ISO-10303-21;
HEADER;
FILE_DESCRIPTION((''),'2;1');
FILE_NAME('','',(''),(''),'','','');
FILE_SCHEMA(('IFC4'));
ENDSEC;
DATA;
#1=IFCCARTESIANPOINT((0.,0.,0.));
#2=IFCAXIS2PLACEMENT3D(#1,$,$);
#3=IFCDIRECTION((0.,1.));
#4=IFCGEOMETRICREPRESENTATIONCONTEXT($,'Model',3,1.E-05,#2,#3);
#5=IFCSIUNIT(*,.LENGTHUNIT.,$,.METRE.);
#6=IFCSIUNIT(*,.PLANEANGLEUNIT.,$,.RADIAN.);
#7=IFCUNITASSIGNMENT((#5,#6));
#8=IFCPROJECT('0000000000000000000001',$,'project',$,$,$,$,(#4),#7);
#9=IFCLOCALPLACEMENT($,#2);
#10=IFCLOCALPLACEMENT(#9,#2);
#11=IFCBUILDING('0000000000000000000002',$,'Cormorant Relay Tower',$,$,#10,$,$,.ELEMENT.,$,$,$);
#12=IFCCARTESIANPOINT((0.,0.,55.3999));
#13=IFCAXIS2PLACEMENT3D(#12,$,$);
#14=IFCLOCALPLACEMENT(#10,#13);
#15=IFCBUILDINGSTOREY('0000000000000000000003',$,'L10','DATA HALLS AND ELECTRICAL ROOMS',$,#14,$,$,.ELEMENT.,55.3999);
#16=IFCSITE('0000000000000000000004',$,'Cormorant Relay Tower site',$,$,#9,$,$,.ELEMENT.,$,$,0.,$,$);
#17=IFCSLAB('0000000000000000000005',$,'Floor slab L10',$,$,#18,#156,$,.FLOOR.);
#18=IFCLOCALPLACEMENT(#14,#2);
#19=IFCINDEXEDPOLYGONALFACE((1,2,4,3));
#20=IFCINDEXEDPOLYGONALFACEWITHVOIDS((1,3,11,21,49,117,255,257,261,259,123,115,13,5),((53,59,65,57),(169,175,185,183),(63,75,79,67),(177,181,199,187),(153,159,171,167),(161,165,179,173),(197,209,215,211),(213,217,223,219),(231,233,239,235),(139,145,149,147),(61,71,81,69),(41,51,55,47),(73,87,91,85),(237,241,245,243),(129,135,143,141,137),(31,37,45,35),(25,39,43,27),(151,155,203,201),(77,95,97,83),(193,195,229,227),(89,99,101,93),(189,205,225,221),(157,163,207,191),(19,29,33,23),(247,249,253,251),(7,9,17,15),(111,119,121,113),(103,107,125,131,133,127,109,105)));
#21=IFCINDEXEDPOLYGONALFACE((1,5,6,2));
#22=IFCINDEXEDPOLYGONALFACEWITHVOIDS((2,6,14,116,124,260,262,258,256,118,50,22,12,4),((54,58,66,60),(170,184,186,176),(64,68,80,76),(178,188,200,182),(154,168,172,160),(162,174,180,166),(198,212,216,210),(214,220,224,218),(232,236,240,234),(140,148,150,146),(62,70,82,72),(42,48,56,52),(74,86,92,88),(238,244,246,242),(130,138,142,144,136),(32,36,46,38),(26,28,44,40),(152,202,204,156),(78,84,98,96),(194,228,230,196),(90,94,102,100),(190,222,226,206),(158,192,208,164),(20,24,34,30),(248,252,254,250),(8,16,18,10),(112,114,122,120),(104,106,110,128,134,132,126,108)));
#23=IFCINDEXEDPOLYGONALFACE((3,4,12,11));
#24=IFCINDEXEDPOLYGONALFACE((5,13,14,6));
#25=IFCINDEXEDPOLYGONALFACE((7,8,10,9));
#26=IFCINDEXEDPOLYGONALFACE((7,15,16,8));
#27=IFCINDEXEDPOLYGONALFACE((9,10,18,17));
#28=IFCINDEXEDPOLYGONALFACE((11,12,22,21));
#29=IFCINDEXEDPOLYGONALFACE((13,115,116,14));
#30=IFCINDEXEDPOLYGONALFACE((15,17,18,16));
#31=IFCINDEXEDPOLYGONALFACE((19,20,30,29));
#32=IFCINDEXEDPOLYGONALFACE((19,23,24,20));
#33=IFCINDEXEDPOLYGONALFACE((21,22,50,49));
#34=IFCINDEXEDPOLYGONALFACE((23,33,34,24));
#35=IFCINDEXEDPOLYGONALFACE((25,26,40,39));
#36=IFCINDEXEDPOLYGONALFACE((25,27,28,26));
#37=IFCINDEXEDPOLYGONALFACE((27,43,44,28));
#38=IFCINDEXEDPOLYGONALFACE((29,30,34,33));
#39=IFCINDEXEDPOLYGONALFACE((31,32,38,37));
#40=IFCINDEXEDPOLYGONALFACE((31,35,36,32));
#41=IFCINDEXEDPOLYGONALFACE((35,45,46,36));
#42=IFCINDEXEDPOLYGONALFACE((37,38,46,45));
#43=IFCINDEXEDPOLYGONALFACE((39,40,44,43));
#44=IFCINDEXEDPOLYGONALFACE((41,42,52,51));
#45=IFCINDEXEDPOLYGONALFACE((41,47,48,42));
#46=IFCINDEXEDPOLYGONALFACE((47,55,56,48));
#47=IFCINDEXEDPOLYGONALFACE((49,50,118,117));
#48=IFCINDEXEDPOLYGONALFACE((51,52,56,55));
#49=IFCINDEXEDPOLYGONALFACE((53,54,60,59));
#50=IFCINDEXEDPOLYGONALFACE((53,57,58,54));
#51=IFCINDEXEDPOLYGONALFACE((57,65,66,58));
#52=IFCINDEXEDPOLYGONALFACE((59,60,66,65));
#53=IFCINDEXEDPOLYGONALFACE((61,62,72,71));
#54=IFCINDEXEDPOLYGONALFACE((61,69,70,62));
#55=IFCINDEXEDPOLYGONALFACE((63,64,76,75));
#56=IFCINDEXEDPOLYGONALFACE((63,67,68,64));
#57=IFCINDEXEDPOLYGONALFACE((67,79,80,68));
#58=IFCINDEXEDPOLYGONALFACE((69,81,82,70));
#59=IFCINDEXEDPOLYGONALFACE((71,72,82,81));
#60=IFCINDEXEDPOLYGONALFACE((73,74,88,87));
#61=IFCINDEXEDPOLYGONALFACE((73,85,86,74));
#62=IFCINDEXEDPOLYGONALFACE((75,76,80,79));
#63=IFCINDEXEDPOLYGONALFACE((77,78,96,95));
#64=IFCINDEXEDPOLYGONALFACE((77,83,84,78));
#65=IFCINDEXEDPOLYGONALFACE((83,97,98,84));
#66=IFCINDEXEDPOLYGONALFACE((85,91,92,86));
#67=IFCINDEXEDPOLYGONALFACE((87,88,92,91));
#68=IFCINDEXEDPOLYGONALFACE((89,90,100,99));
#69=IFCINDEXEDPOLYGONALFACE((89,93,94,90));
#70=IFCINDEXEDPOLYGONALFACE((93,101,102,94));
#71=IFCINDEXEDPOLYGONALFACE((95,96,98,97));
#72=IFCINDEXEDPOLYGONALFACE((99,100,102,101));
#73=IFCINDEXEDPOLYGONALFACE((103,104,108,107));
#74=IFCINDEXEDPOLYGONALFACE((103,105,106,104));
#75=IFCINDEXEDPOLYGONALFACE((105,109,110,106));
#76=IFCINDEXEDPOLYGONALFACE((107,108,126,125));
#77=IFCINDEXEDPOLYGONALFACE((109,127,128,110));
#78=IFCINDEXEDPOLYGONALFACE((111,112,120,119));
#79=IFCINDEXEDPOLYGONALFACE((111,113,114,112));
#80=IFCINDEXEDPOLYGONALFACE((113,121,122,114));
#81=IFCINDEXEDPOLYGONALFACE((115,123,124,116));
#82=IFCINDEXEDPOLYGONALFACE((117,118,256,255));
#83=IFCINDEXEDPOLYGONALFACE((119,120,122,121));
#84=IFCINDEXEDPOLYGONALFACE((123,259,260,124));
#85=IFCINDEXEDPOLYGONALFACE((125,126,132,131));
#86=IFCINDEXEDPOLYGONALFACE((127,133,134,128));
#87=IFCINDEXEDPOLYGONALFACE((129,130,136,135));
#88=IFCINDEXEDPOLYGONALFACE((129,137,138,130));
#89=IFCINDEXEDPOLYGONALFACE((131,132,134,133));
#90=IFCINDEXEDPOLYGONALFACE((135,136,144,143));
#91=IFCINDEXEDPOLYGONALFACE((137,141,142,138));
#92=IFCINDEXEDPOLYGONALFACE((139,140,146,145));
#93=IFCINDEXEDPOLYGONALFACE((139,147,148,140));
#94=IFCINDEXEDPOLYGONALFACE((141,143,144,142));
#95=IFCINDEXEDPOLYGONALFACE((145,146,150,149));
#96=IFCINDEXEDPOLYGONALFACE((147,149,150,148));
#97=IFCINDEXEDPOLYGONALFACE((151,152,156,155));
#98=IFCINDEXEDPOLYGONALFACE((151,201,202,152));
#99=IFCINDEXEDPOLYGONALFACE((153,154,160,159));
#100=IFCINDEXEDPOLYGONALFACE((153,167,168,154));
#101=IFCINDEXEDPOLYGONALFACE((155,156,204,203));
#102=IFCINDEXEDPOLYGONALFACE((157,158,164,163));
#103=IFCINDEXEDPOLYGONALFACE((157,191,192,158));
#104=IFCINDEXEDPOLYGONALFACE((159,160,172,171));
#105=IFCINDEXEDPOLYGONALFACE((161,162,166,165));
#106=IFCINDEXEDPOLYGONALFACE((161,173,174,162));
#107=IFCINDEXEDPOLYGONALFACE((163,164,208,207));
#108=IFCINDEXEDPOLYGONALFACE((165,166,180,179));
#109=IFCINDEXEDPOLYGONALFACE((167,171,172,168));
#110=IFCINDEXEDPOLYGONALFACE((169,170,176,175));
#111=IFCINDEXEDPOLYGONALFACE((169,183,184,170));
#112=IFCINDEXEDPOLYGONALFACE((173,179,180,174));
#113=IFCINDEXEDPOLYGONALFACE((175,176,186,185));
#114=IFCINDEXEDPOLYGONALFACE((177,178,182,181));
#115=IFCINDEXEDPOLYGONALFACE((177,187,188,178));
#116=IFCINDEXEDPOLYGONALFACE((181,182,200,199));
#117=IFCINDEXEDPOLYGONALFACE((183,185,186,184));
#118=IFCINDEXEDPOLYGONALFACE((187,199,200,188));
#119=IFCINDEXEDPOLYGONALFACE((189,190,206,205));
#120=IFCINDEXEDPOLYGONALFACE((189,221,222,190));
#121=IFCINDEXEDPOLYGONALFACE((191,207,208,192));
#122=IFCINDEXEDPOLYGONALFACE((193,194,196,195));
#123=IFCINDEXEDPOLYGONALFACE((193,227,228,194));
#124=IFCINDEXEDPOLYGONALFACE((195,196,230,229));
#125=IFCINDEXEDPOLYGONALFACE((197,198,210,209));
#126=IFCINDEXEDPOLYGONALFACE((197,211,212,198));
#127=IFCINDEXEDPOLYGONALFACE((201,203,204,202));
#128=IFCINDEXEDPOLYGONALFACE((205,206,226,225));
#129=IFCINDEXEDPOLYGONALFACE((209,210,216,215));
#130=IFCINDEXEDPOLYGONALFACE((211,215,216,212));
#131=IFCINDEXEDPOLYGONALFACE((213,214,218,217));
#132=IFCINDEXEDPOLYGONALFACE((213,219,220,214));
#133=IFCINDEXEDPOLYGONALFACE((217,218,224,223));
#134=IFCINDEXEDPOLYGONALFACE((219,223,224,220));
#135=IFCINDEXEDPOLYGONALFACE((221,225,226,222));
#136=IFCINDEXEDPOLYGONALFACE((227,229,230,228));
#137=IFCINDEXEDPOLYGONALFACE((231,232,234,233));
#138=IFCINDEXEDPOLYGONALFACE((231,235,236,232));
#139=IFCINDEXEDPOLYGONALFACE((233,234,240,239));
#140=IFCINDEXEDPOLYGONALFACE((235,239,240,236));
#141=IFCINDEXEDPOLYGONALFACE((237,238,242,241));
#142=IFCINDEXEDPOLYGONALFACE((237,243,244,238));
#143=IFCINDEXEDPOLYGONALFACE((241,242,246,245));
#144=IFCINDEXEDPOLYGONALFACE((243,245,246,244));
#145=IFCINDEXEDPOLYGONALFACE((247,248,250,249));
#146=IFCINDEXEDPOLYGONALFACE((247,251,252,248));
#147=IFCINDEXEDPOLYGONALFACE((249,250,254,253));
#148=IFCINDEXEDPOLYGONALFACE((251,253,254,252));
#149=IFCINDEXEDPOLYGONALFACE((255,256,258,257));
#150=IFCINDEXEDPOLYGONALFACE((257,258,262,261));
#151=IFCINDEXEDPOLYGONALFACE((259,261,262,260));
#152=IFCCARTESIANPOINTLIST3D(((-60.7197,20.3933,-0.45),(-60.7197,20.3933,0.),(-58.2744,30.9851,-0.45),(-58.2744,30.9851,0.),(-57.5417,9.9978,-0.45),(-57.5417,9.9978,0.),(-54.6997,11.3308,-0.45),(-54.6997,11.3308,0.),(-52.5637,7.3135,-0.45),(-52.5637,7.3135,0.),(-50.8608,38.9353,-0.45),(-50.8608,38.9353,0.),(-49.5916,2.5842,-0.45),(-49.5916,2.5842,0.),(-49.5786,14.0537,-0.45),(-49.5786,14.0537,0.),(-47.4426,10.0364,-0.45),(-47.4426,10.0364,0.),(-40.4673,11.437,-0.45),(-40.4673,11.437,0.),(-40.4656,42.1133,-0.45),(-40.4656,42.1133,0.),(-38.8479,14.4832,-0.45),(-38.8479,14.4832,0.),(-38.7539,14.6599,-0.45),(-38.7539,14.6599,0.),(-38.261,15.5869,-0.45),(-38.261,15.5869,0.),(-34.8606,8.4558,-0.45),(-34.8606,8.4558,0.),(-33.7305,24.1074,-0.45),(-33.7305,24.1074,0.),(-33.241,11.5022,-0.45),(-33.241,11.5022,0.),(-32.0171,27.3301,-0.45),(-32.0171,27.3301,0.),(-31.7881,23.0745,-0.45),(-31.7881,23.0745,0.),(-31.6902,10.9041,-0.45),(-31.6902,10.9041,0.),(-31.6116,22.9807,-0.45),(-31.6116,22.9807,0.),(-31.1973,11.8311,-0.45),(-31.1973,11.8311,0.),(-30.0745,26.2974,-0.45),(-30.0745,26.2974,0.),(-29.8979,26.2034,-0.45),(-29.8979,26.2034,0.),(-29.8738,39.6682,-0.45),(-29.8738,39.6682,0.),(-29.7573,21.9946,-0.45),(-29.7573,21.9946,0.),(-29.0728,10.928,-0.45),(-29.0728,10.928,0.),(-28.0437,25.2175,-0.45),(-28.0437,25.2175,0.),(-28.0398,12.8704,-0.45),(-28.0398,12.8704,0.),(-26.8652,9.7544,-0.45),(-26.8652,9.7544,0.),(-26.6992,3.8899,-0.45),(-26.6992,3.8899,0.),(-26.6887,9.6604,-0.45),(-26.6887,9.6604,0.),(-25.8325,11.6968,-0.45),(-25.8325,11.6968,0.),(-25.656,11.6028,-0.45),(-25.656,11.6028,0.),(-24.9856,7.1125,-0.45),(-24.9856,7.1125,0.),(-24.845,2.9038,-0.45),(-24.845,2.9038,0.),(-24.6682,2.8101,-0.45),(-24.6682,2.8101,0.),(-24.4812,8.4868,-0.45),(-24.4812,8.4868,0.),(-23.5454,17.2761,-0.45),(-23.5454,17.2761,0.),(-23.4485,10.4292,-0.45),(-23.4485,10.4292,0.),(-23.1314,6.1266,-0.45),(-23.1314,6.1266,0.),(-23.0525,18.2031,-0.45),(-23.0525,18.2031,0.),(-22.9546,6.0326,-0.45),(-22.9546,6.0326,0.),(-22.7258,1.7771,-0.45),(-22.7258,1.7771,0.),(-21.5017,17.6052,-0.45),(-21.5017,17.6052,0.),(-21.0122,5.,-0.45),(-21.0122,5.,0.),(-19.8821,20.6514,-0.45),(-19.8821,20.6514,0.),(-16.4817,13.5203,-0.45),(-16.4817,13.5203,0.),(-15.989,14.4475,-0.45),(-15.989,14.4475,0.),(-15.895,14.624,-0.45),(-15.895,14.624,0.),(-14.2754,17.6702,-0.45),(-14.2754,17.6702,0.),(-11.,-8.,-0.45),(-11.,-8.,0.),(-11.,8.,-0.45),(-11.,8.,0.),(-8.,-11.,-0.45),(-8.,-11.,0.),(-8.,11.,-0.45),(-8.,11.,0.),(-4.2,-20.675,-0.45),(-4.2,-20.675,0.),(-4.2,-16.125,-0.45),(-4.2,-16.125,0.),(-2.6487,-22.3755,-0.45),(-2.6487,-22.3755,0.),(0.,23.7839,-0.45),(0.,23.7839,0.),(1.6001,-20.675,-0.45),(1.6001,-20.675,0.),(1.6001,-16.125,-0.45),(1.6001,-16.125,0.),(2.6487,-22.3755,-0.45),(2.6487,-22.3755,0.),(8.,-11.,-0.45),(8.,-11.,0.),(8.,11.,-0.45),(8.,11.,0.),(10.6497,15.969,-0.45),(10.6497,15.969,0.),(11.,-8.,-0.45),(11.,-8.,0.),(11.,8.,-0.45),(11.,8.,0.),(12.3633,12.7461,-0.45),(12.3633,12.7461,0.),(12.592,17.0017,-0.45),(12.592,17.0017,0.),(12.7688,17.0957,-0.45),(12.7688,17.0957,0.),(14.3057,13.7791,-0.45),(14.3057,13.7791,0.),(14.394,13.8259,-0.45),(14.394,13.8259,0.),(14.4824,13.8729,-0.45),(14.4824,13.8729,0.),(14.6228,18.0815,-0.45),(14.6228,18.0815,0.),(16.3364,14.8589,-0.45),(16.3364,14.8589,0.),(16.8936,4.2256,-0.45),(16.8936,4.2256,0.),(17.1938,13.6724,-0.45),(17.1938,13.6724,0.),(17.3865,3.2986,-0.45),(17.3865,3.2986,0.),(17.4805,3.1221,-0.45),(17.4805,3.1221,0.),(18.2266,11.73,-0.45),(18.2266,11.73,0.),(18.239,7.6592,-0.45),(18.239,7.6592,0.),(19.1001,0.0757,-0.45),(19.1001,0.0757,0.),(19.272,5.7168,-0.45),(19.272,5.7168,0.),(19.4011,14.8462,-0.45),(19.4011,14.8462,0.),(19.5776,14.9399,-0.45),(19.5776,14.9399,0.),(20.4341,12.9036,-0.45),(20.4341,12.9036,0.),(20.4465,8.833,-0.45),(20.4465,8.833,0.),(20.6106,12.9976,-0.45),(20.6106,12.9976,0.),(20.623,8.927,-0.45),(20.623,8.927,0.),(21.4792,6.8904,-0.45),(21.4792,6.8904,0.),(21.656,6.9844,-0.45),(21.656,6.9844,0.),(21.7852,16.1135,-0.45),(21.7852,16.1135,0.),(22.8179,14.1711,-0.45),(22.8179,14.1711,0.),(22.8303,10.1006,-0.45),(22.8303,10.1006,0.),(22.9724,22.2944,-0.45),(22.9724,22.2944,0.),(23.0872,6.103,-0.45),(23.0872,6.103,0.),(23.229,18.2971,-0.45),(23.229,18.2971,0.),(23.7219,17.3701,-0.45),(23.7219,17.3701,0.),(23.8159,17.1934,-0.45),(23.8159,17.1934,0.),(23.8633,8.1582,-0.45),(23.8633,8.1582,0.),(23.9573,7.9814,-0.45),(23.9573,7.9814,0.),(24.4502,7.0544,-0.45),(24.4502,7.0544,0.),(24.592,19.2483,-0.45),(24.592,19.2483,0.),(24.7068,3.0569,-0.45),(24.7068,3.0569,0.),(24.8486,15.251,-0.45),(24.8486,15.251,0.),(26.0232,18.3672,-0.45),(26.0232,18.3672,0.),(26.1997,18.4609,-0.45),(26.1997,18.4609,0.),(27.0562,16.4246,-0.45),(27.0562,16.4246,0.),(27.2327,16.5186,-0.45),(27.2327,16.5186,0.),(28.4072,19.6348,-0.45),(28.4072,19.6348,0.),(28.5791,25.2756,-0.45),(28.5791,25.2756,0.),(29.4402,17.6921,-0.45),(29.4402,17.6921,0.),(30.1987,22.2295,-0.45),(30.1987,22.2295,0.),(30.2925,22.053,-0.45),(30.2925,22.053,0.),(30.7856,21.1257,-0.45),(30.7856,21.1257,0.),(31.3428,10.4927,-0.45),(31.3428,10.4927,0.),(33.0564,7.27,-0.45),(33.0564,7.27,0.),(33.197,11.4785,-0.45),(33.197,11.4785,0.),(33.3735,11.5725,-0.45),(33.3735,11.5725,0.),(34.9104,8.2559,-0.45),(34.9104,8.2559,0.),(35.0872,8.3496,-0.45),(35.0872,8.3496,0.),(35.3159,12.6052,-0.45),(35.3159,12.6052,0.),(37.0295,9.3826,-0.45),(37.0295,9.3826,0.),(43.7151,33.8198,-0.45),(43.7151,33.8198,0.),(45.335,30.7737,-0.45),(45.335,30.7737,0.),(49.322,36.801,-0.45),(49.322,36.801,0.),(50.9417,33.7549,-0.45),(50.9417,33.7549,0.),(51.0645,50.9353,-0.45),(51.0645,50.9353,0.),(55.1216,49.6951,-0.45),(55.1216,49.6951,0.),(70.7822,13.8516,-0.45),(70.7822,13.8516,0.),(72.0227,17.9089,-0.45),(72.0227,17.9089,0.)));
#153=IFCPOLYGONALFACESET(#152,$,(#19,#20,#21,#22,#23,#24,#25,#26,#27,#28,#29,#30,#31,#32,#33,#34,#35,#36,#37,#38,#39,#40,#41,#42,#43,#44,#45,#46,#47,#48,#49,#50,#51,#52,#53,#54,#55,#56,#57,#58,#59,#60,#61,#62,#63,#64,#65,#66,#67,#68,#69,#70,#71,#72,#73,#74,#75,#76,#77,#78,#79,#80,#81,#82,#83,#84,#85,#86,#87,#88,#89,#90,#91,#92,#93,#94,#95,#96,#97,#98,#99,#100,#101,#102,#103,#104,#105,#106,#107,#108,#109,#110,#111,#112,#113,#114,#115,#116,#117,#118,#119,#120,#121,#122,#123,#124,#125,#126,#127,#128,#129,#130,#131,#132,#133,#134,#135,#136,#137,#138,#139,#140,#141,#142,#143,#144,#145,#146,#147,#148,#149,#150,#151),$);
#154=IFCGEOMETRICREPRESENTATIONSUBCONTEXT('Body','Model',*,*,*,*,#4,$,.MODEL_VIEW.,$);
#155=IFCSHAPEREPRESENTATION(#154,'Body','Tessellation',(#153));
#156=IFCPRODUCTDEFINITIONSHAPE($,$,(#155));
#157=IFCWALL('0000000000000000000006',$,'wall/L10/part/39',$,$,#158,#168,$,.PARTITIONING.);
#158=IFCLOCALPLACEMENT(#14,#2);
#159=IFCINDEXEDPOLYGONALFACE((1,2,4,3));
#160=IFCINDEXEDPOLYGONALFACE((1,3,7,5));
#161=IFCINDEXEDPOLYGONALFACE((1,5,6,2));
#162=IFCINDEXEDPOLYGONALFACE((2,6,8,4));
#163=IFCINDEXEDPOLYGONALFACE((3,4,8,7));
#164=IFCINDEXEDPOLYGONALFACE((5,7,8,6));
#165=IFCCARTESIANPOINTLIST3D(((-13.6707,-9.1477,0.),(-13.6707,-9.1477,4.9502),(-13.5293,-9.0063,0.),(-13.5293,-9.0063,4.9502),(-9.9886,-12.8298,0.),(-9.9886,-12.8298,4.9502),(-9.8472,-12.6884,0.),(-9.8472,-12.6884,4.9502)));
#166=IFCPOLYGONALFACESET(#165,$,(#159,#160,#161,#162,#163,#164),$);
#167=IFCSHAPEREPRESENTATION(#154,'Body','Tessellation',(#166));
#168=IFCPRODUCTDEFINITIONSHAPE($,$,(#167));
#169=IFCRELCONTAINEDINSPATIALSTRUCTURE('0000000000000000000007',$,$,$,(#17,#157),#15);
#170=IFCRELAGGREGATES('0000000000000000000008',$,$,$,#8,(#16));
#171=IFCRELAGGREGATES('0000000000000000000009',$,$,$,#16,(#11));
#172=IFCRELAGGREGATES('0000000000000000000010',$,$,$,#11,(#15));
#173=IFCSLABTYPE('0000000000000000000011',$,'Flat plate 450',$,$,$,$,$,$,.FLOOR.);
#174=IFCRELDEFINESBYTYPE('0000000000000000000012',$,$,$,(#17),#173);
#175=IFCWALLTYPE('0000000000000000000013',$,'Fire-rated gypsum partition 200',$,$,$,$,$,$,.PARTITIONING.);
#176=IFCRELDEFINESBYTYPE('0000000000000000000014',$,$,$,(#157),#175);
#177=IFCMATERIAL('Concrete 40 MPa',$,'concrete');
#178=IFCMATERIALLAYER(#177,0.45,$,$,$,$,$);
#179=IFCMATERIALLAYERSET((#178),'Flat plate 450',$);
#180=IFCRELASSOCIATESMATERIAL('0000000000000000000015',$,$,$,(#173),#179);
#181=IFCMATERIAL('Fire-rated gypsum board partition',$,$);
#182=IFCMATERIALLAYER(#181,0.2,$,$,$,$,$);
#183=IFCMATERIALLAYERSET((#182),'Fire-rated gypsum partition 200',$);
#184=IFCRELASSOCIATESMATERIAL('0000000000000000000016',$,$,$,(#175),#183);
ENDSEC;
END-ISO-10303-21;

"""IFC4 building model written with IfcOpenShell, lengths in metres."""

from ifc_helpers import new_model, si_unit, direction, frame, frame_2d, origin, place, context, subcontext, project, spatial, polyline, rectangle, outline, extrude, material, layer, layer_set, type_object, element, save


model = new_model("IFC4")

# Units and contexts
model_context = context("Model", 3, precision=1e-05, world=origin(), true_north=direction((0.0, 1.0)))
body_context = subcontext(model_context, "Body", "Model", "MODEL_VIEW")
ifc_project = project(units=[si_unit("LENGTHUNIT", "METRE"), si_unit("PLANEANGLEUNIT", "RADIAN")], contexts=[model_context])

# Site, building, storey
site_placement = place(None, origin())
site = spatial("IfcSite", under=ifc_project, at=site_placement, Name="Cormorant Relay Tower site", CompositionType="ELEMENT", RefElevation=0.0)
building_placement = place(site_placement, origin())
building = spatial("IfcBuilding", under=site, at=building_placement, Name="Cormorant Relay Tower", CompositionType="ELEMENT")
storey_placement = place(building_placement, frame((0.0, 0.0, 55.3999)))
storey = spatial("IfcBuildingStorey", under=building, at=storey_placement, Name="L10", Description="DATA HALLS AND ELECTRICAL ROOMS", CompositionType="ELEMENT", Elevation=55.3999)

# Slab
ifc_material_1 = material(Name="Concrete 40 MPa", Category="concrete")
ifc_layer_1 = layer(ifc_material_1, 0.45)
ifc_layer_set_1 = layer_set([ifc_layer_1], Name="Flat plate 450")
slab_type_1 = type_object("IfcSlabType", Name="Flat plate 450", PredefinedType="FLOOR", material=ifc_layer_set_1)
slab_1_placement = place(storey_placement, frame((0.0, 0.0, -0.45)))
element("IfcSlab", 1, at=slab_1_placement, inside=storey, type_object=slab_type_1, Name="Floor slab L10", PredefinedType="FLOOR", context=body_context, shape_type="SweptSolid", body=[
    extrude(outline(polyline([(-60.7197, 20.3933), (-58.2744, 30.9851), (-50.8608, 38.9353), (-40.4656, 42.1133), (-29.8738, 39.6682), (0.0, 23.7839), (51.0645, 50.9353), (55.1216, 49.6951), (72.0227, 17.9089), (70.7822, 13.8516), (2.6487, -22.3755), (-2.6487, -22.3755), (-49.5916, 2.5842), (-57.5417, 9.9978), (-60.7197, 20.3933)]), holes=[polyline([(11.0, -8.0), (11.0, 8.0), (8.0, 11.0), (-8.0, 11.0), (-11.0, 8.0), (-11.0, -8.0), (-8.0, -11.0), (8.0, -11.0), (11.0, -8.0)]), polyline([(-4.2, -16.125), (-4.2, -20.675), (1.6001, -20.675), (1.6001, -16.125), (-4.2, -16.125)]), polyline([(-22.9546, 6.0327), (-24.6682, 2.8101), (-22.7258, 1.7771), (-21.0122, 5.0), (-23.043, 6.0796), (-22.9546, 6.0327)]), polyline([(-24.9856, 7.1125), (-26.6992, 3.8899), (-24.845, 2.9038), (-23.1313, 6.1267), (-23.043, 6.0796), (-24.9856, 7.1125)]), polyline([(-24.4812, 8.4868), (-23.4485, 10.4292), (-25.656, 11.6028), (-26.6887, 9.6604), (-24.4812, 8.4868)]), polyline([(-49.5786, 14.0537), (-54.6997, 11.3308), (-52.5637, 7.3135), (-47.4426, 10.0364), (-49.5786, 14.0537)]), polyline([(-25.8325, 11.6968), (-28.0398, 12.8704), (-29.0728, 10.928), (-26.8652, 9.7544), (-25.8325, 11.6968)]), polyline([(-38.8479, 14.4832), (-40.4673, 11.437), (-34.8606, 8.4558), (-33.241, 11.5022), (-38.8479, 14.4832)]), polyline([(-38.261, 15.5869), (-38.7539, 14.6599), (-31.6902, 10.9041), (-31.1973, 11.8311), (-38.261, 15.5869)]), polyline([(14.3057, 13.7791), (12.592, 17.0017), (10.6497, 15.969), (12.3633, 12.7461), (14.394, 13.8259), (14.3057, 13.7791)]), polyline([(16.3364, 14.8589), (14.6228, 18.0815), (12.7688, 17.0957), (14.4824, 13.8728), (14.394, 13.8259), (16.3364, 14.8589)]), polyline([(-16.4817, 13.5203), (-15.989, 14.4475), (-23.0525, 18.2031), (-23.5454, 17.2761), (-16.4817, 13.5203)]), polyline([(-21.5017, 17.6052), (-15.895, 14.624), (-14.2754, 17.6702), (-19.8821, 20.6514), (-21.5017, 17.6052)]), polyline([(-31.6116, 22.9807), (-29.7573, 21.9946), (-28.0437, 25.2175), (-29.8979, 26.2034), (-31.6116, 22.9807)]), polyline([(-33.7305, 24.1074), (-31.7881, 23.0745), (-30.0745, 26.2974), (-32.0171, 27.3301), (-33.7305, 24.1074)]), polyline([(23.0872, 6.103), (17.4805, 3.1221), (19.1001, 0.0757), (24.7068, 3.0569), (23.0872, 6.103)]), polyline([(16.8936, 4.2256), (17.3865, 3.2986), (24.4502, 7.0544), (23.9573, 7.9814), (16.8936, 4.2256)]), polyline([(20.4465, 8.833), (18.239, 7.6592), (19.272, 5.7168), (21.4792, 6.8904), (20.4465, 8.833)]), polyline([(20.623, 8.927), (21.656, 6.9844), (23.8633, 8.1582), (22.8303, 10.1006), (20.623, 8.927)]), polyline([(33.197, 11.4785), (31.3428, 10.4927), (33.0564, 7.27), (34.9104, 8.2559), (33.197, 11.4785)]), polyline([(33.3735, 11.5725), (35.0872, 8.3496), (37.0295, 9.3826), (35.3159, 12.6052), (33.3735, 11.5725)]), polyline([(17.1938, 13.6724), (18.2266, 11.73), (20.4341, 12.9036), (19.4011, 14.8462), (17.1938, 13.6724)]), polyline([(20.6106, 12.9976), (22.8179, 14.1711), (21.7852, 16.1135), (19.5776, 14.9399), (20.6106, 12.9976)]), polyline([(26.0232, 18.3672), (23.8159, 17.1934), (24.8486, 15.251), (27.0562, 16.4246), (26.0232, 18.3672)]), polyline([(29.4402, 17.6921), (28.4072, 19.6348), (26.1997, 18.4609), (27.2327, 16.5186), (29.4402, 17.6921)]), polyline([(30.7856, 21.1257), (30.2925, 22.053), (23.229, 18.2971), (23.7219, 17.3701), (30.7856, 21.1257)]), polyline([(24.592, 19.2483), (30.1987, 22.2295), (28.5791, 25.2756), (22.9724, 22.2944), (24.592, 19.2483)]), polyline([(45.335, 30.7737), (50.9417, 33.7549), (49.322, 36.801), (43.7151, 33.8198), (45.335, 30.7737)])]), origin(), (0.0, 0.0, 1.0), 0.45),
])

# Wall
ifc_material_2 = material(Name="Fire-rated gypsum board partition")
ifc_layer_2 = layer(ifc_material_2, 0.2)
ifc_layer_set_2 = layer_set([ifc_layer_2], Name="Fire-rated gypsum partition 200")
wall_type_1 = type_object("IfcWallType", Name="Fire-rated gypsum partition 200", PredefinedType="PARTITIONING", material=ifc_layer_set_2)
wall_1_placement = place(storey_placement, frame((-9.918, -12.759, 0.0), z_axis=(0.0, 0.0, 1.0), x_axis=(-0.707107, 0.707107, 0.0)))
element("IfcWall", 2, at=wall_1_placement, inside=storey, type_object=wall_type_1, Name="wall/L10/part/39", PredefinedType="PARTITIONING", context=body_context, shape_type="SweptSolid", body=[
    extrude(rectangle(XDim=5.2073, YDim=0.2, at=frame_2d((2.6035, 0.0))), origin(), (0.0, 0.0, 1.0), 4.9502),
])

save(model, "model.ifc")
